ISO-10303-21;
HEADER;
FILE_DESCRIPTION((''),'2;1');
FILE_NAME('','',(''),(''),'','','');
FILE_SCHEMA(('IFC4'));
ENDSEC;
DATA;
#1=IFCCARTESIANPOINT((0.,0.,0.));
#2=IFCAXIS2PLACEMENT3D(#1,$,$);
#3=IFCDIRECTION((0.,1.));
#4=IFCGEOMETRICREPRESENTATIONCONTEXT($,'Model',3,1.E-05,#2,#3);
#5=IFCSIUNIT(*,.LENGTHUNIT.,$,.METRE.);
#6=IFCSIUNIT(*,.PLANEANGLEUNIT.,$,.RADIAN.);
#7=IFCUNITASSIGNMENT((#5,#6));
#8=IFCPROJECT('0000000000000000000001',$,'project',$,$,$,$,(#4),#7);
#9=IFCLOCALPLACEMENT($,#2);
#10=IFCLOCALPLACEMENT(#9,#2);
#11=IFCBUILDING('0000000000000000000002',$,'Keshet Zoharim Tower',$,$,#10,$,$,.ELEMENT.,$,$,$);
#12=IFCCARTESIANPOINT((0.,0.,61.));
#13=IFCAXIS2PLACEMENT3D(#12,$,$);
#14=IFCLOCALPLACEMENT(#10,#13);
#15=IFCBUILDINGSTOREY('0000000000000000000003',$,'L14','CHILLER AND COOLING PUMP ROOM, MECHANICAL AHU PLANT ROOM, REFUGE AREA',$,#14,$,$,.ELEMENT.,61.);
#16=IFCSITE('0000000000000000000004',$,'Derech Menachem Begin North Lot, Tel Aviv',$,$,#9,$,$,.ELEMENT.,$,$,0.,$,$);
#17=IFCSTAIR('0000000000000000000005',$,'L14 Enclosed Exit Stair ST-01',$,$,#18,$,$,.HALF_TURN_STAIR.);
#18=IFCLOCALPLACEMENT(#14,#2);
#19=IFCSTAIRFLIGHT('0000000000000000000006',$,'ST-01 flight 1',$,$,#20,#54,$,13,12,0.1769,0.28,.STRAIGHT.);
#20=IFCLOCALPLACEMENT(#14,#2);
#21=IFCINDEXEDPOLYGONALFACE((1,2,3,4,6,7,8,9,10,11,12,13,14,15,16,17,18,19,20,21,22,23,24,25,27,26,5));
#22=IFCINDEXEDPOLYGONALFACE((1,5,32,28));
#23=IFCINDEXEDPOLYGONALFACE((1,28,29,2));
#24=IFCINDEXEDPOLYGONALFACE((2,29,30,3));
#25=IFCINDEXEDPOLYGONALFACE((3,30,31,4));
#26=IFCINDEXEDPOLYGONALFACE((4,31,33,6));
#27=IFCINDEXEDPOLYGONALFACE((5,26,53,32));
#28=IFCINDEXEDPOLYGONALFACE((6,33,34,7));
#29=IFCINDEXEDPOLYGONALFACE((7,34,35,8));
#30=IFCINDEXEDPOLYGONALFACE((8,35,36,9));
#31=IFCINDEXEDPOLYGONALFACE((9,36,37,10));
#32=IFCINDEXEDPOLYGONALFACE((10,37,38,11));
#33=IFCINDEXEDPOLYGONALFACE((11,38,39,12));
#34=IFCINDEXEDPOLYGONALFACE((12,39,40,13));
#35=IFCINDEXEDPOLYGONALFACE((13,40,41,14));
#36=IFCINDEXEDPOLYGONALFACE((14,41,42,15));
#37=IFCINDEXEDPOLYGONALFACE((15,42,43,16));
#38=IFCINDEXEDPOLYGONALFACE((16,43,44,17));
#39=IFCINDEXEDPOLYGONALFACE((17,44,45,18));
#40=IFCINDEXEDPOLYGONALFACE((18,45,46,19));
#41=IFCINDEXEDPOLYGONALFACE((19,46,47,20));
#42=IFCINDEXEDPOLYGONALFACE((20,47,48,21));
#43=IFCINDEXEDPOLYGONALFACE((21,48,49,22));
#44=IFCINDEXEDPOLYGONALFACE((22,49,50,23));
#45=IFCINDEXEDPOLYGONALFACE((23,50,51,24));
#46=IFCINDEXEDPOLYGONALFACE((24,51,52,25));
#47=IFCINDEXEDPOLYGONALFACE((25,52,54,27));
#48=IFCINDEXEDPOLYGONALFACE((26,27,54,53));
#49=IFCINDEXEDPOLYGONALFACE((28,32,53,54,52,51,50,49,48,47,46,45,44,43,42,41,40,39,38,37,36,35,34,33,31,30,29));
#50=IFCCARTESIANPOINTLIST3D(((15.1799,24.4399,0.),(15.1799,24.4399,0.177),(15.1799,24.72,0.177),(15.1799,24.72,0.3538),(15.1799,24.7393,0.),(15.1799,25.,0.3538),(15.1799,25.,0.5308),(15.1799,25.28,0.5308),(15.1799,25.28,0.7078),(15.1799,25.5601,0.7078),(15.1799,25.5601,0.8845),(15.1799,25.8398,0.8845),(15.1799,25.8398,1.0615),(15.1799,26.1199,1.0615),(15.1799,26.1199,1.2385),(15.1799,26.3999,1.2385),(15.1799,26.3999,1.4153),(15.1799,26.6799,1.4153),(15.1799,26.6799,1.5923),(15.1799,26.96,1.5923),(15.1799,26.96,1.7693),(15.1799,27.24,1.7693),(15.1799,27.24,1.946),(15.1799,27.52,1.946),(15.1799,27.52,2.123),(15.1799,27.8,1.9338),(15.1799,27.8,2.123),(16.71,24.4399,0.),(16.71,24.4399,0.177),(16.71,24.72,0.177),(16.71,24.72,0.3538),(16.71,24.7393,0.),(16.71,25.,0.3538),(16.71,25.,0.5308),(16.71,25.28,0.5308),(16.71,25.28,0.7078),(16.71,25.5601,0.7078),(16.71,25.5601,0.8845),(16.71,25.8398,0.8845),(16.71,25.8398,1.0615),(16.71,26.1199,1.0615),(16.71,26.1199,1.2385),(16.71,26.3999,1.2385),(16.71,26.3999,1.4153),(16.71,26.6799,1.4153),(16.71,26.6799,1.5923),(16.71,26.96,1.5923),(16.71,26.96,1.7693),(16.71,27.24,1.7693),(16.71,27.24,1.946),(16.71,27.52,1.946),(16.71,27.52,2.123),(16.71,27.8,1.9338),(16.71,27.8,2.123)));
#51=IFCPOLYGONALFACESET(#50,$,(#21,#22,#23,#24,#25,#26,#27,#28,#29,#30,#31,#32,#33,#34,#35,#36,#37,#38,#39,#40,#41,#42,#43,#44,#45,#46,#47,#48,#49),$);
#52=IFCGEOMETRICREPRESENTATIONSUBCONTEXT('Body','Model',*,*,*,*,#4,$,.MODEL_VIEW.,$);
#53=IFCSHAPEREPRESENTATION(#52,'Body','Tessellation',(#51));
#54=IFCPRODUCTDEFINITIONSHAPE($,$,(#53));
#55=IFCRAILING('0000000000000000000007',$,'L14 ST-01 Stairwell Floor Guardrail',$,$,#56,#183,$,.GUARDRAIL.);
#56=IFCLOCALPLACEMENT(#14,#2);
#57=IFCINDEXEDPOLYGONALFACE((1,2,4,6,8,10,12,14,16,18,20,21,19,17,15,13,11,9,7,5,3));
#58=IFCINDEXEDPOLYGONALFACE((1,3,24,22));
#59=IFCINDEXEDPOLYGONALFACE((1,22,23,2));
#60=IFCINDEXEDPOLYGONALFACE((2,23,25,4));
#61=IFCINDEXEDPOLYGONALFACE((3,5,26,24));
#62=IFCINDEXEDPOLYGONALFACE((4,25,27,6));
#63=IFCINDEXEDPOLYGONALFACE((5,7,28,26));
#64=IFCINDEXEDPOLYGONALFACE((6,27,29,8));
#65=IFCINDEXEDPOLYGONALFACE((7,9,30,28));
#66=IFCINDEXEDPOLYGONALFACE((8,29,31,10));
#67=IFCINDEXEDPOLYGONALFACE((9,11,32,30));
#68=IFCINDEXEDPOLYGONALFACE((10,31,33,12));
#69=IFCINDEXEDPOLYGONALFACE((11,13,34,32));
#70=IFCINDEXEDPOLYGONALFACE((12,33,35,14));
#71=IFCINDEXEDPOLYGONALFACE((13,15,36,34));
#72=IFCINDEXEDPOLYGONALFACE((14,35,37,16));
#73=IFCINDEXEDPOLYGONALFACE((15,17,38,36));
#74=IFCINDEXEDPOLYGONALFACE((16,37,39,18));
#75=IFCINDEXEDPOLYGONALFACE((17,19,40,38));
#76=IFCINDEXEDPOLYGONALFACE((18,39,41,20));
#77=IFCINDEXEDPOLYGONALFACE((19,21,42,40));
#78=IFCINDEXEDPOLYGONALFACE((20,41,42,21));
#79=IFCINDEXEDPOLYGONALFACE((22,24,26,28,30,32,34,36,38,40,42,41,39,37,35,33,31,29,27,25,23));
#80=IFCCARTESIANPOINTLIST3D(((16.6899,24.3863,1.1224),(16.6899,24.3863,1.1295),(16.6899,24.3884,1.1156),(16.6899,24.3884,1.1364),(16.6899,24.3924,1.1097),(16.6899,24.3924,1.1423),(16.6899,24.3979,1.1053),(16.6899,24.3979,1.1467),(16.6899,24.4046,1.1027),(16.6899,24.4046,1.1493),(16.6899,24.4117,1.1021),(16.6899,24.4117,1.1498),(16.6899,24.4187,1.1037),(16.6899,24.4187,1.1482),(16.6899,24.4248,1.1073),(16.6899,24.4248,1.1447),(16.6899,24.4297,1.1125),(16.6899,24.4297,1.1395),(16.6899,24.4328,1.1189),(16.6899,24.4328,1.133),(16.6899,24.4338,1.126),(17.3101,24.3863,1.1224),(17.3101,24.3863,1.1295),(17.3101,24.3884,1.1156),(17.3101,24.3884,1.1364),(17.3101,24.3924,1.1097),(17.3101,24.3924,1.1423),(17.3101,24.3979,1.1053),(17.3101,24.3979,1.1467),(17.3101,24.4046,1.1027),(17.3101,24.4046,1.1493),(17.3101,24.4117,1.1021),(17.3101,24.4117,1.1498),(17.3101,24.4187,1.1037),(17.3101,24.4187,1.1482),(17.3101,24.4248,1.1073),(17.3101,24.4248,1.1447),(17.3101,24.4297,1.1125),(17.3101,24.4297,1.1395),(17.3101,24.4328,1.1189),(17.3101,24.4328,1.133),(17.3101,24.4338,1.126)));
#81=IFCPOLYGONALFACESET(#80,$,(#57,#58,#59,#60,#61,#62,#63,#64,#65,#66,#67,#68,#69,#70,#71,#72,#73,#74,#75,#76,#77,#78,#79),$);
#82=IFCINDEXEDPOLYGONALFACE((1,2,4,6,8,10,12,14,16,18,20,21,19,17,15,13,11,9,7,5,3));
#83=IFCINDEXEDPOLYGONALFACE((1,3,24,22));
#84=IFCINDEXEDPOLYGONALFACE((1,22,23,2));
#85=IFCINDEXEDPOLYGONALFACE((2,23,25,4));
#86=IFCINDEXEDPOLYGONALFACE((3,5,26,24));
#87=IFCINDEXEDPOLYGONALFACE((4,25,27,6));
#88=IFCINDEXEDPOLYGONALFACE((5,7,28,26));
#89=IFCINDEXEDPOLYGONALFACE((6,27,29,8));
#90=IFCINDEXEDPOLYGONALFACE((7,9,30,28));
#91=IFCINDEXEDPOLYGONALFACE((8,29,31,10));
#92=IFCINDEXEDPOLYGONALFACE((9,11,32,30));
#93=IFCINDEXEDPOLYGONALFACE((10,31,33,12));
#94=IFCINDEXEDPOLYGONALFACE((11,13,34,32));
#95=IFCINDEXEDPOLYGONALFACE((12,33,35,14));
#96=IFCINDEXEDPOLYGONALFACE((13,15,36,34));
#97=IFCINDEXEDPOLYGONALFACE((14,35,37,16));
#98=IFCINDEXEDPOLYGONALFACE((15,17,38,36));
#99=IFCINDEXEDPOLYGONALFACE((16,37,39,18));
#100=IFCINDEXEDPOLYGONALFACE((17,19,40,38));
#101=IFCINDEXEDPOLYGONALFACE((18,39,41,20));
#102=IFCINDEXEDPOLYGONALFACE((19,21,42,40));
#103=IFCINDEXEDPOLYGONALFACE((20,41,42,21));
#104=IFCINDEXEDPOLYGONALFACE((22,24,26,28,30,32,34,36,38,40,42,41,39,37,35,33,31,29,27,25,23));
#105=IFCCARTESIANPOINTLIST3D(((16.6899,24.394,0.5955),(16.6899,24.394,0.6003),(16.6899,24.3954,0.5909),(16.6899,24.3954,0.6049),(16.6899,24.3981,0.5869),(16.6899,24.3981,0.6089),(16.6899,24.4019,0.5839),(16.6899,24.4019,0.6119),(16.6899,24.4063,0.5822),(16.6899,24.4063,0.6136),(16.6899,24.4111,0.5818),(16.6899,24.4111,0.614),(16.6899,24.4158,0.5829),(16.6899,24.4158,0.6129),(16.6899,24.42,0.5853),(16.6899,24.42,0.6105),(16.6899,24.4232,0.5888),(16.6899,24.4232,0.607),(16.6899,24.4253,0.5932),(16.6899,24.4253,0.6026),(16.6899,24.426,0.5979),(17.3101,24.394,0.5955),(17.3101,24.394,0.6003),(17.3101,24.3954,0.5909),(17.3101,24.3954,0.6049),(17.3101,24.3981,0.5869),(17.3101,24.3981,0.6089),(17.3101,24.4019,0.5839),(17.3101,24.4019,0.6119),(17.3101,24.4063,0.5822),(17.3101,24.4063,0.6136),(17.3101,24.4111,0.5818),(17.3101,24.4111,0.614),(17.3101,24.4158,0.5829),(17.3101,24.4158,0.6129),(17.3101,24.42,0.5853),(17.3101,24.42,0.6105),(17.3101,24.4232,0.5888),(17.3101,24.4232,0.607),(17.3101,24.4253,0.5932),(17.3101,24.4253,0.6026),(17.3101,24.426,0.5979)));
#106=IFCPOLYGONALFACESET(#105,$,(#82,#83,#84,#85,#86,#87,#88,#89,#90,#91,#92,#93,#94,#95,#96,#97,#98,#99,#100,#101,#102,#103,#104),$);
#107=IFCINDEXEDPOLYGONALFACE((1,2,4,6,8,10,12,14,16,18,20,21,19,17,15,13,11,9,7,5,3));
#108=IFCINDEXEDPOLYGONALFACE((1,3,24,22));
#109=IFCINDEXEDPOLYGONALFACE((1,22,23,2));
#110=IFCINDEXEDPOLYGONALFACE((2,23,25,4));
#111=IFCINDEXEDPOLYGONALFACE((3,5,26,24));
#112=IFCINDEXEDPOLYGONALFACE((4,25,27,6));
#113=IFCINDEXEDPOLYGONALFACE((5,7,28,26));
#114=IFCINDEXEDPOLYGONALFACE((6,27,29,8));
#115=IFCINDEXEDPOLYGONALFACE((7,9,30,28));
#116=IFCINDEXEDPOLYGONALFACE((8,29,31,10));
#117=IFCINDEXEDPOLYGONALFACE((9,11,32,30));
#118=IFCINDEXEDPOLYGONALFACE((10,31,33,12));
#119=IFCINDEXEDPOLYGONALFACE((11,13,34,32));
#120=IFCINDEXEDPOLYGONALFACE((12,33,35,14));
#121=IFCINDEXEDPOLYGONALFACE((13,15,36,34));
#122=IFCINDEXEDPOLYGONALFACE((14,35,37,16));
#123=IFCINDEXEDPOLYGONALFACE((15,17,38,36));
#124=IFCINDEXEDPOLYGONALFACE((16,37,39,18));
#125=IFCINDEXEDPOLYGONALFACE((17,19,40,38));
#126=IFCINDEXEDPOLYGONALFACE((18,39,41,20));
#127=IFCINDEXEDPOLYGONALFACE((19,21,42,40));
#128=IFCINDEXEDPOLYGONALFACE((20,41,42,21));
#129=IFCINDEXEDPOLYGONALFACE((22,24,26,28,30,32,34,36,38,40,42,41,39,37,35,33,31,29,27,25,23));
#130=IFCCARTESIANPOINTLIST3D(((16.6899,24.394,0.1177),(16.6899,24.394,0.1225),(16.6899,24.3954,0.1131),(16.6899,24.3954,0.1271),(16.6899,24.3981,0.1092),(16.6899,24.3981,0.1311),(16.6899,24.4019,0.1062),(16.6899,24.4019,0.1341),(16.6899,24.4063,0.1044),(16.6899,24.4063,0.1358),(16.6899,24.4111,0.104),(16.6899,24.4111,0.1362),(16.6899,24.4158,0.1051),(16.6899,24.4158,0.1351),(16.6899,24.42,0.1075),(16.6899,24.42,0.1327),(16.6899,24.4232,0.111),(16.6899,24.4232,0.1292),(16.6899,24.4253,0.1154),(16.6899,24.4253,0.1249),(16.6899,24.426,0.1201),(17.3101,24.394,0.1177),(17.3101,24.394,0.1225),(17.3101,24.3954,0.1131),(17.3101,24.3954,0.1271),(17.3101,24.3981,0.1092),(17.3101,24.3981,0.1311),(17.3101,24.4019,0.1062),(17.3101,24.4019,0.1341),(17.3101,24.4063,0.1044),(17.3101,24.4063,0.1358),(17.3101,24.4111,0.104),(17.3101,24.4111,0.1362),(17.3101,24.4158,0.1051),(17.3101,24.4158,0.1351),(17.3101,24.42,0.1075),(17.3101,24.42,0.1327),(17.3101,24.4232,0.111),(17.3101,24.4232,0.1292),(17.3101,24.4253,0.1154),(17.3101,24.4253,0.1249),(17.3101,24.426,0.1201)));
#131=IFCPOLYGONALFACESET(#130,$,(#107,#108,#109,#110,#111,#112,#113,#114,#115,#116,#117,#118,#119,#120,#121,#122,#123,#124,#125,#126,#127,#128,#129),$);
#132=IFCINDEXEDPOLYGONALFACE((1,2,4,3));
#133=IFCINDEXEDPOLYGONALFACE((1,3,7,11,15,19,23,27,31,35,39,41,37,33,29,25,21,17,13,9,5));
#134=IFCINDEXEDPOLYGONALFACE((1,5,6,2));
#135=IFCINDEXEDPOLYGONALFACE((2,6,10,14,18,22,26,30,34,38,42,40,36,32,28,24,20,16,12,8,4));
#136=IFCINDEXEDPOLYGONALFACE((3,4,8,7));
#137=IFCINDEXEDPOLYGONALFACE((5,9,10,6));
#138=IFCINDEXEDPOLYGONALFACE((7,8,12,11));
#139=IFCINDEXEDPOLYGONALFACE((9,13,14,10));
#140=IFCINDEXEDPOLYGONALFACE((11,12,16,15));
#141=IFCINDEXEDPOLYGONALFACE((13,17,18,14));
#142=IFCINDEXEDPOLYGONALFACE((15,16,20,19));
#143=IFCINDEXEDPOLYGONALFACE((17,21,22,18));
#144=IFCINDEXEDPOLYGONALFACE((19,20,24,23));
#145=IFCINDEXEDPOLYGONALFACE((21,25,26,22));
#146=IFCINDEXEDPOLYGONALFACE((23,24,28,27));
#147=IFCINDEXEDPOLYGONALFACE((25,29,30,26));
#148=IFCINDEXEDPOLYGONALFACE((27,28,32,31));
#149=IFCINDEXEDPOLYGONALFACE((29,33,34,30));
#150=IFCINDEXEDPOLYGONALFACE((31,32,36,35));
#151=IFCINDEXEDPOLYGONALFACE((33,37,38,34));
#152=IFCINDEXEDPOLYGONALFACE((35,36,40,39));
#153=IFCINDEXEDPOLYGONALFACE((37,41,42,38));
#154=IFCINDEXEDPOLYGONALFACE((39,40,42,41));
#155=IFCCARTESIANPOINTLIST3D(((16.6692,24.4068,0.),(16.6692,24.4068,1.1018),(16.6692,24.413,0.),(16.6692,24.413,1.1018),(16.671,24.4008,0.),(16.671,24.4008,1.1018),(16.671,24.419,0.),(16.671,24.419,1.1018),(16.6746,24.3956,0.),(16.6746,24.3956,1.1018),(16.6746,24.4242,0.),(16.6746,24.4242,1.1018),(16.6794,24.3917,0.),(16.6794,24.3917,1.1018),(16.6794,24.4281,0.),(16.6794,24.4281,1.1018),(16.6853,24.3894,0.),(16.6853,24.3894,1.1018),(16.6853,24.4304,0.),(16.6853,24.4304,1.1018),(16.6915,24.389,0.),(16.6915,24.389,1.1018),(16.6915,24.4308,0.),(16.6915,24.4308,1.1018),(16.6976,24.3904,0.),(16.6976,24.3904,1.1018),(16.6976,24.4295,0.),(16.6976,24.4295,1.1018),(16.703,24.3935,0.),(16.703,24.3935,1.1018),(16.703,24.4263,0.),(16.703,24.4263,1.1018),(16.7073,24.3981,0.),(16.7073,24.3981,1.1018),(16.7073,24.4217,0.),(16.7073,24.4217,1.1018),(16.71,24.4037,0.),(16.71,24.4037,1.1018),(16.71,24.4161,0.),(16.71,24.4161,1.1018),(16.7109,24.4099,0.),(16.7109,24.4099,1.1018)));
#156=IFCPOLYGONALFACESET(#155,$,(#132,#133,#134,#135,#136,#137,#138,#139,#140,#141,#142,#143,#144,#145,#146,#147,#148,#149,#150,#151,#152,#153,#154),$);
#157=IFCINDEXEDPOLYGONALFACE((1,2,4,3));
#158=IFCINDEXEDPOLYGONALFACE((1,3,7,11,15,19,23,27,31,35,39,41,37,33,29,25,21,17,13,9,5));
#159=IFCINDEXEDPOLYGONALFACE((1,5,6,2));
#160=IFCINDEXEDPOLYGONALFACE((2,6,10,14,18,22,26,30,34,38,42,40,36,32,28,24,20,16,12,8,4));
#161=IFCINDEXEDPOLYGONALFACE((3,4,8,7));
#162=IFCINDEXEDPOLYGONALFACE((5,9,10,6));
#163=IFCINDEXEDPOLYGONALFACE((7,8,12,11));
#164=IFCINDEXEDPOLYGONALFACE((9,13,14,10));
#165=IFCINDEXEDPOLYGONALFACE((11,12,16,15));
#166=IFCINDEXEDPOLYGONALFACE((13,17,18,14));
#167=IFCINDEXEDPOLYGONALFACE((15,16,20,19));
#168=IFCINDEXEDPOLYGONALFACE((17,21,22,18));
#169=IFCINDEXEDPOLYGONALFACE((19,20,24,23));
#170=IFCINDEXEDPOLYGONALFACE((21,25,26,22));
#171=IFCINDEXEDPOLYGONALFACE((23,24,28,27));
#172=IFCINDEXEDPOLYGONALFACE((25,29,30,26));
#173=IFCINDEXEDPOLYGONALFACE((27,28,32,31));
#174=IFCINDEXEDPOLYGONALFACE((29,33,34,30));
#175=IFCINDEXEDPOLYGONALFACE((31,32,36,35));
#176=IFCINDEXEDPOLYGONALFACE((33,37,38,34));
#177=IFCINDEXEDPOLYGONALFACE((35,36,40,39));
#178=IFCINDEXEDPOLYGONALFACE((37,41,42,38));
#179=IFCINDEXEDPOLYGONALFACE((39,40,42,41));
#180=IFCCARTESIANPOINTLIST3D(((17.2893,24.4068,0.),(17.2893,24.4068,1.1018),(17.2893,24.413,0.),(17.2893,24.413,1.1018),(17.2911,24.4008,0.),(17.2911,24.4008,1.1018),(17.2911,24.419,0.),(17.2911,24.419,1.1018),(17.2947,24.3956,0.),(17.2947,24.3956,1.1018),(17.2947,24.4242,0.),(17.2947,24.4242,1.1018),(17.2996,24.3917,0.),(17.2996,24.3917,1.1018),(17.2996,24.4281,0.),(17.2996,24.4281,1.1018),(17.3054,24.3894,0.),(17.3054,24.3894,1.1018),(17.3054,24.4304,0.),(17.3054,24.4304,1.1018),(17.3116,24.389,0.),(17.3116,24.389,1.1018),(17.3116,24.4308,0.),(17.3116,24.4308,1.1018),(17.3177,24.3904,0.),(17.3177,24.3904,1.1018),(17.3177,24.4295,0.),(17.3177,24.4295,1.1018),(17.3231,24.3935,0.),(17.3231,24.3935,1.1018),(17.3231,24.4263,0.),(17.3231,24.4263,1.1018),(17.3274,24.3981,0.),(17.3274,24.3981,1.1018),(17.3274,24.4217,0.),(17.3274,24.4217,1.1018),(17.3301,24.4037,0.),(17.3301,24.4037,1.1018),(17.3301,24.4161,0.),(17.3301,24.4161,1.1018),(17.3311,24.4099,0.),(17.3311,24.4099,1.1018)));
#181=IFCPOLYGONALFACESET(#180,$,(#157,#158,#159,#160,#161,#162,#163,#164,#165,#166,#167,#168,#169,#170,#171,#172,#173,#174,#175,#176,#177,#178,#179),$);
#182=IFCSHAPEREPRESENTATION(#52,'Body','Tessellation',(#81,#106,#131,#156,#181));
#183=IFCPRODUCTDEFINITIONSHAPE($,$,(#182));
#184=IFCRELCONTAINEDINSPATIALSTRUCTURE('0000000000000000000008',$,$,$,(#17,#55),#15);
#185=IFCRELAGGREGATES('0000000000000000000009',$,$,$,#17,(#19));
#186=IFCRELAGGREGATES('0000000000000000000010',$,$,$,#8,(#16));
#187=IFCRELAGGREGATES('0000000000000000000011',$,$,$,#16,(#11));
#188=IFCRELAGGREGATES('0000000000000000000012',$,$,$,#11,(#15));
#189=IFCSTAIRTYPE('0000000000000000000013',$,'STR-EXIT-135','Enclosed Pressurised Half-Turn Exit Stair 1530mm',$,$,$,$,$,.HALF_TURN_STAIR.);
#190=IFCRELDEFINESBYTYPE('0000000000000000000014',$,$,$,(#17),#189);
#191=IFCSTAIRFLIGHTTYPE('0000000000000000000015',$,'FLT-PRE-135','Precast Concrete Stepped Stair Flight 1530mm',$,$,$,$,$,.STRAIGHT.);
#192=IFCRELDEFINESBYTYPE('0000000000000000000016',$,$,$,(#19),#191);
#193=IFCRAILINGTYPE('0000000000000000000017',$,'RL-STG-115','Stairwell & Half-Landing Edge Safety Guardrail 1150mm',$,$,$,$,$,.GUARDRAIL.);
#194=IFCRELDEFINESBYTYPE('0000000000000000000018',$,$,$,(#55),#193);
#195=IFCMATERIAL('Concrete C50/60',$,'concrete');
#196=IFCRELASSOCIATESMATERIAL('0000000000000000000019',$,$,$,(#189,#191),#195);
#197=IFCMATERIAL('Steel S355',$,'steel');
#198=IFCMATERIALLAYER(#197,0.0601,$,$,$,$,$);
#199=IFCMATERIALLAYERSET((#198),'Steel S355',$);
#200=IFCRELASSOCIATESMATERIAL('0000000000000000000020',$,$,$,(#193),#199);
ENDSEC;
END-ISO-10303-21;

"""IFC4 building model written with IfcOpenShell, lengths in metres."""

from ifc_helpers import new_model, si_unit, direction, frame, origin, origin_2d, place, context, subcontext, project, spatial, polyline, circle, outline, extrude, material, layer, layer_set, type_object, element, aggregate, save


model = new_model("IFC4")

# Units and contexts
model_context = context("Model", 3, precision=1e-05, world=origin(), true_north=direction((0.0, 1.0)))
body_context = subcontext(model_context, "Body", "Model", "MODEL_VIEW")
ifc_project = project(units=[si_unit("LENGTHUNIT", "METRE"), si_unit("PLANEANGLEUNIT", "RADIAN")], contexts=[model_context])

# Site, building, storey
site_placement = place(None, origin())
site = spatial("IfcSite", under=ifc_project, at=site_placement, Name="Derech Menachem Begin North Lot, Tel Aviv", CompositionType="ELEMENT", RefElevation=0.0)
building_placement = place(site_placement, origin())
building = spatial("IfcBuilding", under=site, at=building_placement, Name="Keshet Zoharim Tower", CompositionType="ELEMENT")
storey_placement = place(building_placement, frame((0.0, 0.0, 61.0)))
storey = spatial("IfcBuildingStorey", under=building, at=storey_placement, Name="L14", Description="CHILLER AND COOLING PUMP ROOM, MECHANICAL AHU PLANT ROOM, REFUGE AREA", CompositionType="ELEMENT", Elevation=61.0)

# Shared definitions
ifc_material_1 = material(Name="Steel S355", Category="steel")

# Shared definitions
ifc_material_2 = material(Name="Concrete C50/60", Category="concrete")

# Stair, stair flight
stair_type = type_object("IfcStairType", Name="STR-EXIT-135", Description="Enclosed Pressurised Half-Turn Exit Stair 1530mm", PredefinedType="HALF_TURN_STAIR", material=ifc_material_2)
stair_placement = place(storey_placement, origin())
stair = element("IfcStair", 1, at=stair_placement, inside=storey, type_object=stair_type, Name="L14 Enclosed Exit Stair ST-01", PredefinedType="HALF_TURN_STAIR")
stair_flight_type = type_object("IfcStairFlightType", Name="FLT-PRE-135", Description="Precast Concrete Stepped Stair Flight 1530mm", PredefinedType="STRAIGHT", material=ifc_material_2)
stair_flight_placement = place(storey_placement, frame((15.9451, 24.4399, 0.0), z_axis=(0.0, 0.0, 1.0), x_axis=(0.0, 1.0, 0.0)))
stair_flight = element("IfcStairFlight", 2, at=stair_flight_placement, type_object=stair_flight_type, Name="ST-01 flight 1", NumberOfRisers=13, NumberOfTreads=12, PredefinedType="STRAIGHT", RiserHeight=0.1769, TreadLength=0.28, context=body_context, shape_type="SweptSolid", body=[
    extrude(outline(polyline([(0.0, 0.0), (0.0, 0.177), (0.28, 0.177), (0.28, 0.3538), (0.5601, 0.3538), (0.5601, 0.5308), (0.8401, 0.5308), (0.8401, 0.7078), (1.1201, 0.7078), (1.1201, 0.8845), (1.3999, 0.8845), (1.3999, 1.0615), (1.6799, 1.0615), (1.6799, 1.2385), (1.96, 1.2385), (1.96, 1.4153), (2.24, 1.4153), (2.24, 1.5923), (2.52, 1.5923), (2.52, 1.7693), (2.8, 1.7693), (2.8, 1.946), (3.0801, 1.946), (3.0801, 2.123), (3.3601, 2.123), (3.3601, 2.3), (3.3601, 1.9338), (0.2993, 0.0), (0.0, 0.0)])), frame((0.0, 0.7651, 0.0), z_axis=(0.0, -1.0, 0.0), x_axis=(1.0, 0.0, 0.0)), (0.0, 0.0, 1.0), 1.53),
])
aggregate(stair, [stair_flight])

# Railing
ifc_layer_1 = layer(ifc_material_1, 0.0601)
ifc_layer_set_1 = layer_set([ifc_layer_1], Name="Steel S355")
railing_type_1 = type_object("IfcRailingType", Name="RL-STG-115", Description="Stairwell & Half-Landing Edge Safety Guardrail 1150mm", PredefinedType="GUARDRAIL", material=ifc_layer_set_1)
railing_1_placement = place(storey_placement, frame((16.6899, 24.4099, 0.0)))
element("IfcRailing", 3, at=railing_1_placement, inside=storey, type_object=railing_type_1, Name="L14 ST-01 Stairwell Floor Guardrail", PredefinedType="GUARDRAIL", context=body_context, shape_type="SweptSolid", body=[
    extrude(circle(Radius=0.0239, at=origin_2d()), frame((0.0, 0.0, 1.126), z_axis=(1.0, 0.0, 0.0), x_axis=(0.0, 1.0, 0.0)), (0.0, 0.0, 1.0), 0.6201),
    extrude(circle(Radius=0.0161, at=origin_2d()), frame((0.0, 0.0, 0.5979), z_axis=(1.0, 0.0, 0.0), x_axis=(0.0, 1.0, 0.0)), (0.0, 0.0, 1.0), 0.6201),
    extrude(circle(Radius=0.0161, at=origin_2d()), frame((0.0, 0.0, 0.1201), z_axis=(1.0, 0.0, 0.0), x_axis=(0.0, 1.0, 0.0)), (0.0, 0.0, 1.0), 0.6201),
    extrude(circle(Radius=0.021, at=origin_2d()), origin(), (0.0, 0.0, 1.0), 1.1018),
    extrude(circle(Radius=0.021, at=origin_2d()), frame((0.6201, 0.0, 0.0)), (0.0, 0.0, 1.0), 1.1018),
])

save(model, "model.ifc")
